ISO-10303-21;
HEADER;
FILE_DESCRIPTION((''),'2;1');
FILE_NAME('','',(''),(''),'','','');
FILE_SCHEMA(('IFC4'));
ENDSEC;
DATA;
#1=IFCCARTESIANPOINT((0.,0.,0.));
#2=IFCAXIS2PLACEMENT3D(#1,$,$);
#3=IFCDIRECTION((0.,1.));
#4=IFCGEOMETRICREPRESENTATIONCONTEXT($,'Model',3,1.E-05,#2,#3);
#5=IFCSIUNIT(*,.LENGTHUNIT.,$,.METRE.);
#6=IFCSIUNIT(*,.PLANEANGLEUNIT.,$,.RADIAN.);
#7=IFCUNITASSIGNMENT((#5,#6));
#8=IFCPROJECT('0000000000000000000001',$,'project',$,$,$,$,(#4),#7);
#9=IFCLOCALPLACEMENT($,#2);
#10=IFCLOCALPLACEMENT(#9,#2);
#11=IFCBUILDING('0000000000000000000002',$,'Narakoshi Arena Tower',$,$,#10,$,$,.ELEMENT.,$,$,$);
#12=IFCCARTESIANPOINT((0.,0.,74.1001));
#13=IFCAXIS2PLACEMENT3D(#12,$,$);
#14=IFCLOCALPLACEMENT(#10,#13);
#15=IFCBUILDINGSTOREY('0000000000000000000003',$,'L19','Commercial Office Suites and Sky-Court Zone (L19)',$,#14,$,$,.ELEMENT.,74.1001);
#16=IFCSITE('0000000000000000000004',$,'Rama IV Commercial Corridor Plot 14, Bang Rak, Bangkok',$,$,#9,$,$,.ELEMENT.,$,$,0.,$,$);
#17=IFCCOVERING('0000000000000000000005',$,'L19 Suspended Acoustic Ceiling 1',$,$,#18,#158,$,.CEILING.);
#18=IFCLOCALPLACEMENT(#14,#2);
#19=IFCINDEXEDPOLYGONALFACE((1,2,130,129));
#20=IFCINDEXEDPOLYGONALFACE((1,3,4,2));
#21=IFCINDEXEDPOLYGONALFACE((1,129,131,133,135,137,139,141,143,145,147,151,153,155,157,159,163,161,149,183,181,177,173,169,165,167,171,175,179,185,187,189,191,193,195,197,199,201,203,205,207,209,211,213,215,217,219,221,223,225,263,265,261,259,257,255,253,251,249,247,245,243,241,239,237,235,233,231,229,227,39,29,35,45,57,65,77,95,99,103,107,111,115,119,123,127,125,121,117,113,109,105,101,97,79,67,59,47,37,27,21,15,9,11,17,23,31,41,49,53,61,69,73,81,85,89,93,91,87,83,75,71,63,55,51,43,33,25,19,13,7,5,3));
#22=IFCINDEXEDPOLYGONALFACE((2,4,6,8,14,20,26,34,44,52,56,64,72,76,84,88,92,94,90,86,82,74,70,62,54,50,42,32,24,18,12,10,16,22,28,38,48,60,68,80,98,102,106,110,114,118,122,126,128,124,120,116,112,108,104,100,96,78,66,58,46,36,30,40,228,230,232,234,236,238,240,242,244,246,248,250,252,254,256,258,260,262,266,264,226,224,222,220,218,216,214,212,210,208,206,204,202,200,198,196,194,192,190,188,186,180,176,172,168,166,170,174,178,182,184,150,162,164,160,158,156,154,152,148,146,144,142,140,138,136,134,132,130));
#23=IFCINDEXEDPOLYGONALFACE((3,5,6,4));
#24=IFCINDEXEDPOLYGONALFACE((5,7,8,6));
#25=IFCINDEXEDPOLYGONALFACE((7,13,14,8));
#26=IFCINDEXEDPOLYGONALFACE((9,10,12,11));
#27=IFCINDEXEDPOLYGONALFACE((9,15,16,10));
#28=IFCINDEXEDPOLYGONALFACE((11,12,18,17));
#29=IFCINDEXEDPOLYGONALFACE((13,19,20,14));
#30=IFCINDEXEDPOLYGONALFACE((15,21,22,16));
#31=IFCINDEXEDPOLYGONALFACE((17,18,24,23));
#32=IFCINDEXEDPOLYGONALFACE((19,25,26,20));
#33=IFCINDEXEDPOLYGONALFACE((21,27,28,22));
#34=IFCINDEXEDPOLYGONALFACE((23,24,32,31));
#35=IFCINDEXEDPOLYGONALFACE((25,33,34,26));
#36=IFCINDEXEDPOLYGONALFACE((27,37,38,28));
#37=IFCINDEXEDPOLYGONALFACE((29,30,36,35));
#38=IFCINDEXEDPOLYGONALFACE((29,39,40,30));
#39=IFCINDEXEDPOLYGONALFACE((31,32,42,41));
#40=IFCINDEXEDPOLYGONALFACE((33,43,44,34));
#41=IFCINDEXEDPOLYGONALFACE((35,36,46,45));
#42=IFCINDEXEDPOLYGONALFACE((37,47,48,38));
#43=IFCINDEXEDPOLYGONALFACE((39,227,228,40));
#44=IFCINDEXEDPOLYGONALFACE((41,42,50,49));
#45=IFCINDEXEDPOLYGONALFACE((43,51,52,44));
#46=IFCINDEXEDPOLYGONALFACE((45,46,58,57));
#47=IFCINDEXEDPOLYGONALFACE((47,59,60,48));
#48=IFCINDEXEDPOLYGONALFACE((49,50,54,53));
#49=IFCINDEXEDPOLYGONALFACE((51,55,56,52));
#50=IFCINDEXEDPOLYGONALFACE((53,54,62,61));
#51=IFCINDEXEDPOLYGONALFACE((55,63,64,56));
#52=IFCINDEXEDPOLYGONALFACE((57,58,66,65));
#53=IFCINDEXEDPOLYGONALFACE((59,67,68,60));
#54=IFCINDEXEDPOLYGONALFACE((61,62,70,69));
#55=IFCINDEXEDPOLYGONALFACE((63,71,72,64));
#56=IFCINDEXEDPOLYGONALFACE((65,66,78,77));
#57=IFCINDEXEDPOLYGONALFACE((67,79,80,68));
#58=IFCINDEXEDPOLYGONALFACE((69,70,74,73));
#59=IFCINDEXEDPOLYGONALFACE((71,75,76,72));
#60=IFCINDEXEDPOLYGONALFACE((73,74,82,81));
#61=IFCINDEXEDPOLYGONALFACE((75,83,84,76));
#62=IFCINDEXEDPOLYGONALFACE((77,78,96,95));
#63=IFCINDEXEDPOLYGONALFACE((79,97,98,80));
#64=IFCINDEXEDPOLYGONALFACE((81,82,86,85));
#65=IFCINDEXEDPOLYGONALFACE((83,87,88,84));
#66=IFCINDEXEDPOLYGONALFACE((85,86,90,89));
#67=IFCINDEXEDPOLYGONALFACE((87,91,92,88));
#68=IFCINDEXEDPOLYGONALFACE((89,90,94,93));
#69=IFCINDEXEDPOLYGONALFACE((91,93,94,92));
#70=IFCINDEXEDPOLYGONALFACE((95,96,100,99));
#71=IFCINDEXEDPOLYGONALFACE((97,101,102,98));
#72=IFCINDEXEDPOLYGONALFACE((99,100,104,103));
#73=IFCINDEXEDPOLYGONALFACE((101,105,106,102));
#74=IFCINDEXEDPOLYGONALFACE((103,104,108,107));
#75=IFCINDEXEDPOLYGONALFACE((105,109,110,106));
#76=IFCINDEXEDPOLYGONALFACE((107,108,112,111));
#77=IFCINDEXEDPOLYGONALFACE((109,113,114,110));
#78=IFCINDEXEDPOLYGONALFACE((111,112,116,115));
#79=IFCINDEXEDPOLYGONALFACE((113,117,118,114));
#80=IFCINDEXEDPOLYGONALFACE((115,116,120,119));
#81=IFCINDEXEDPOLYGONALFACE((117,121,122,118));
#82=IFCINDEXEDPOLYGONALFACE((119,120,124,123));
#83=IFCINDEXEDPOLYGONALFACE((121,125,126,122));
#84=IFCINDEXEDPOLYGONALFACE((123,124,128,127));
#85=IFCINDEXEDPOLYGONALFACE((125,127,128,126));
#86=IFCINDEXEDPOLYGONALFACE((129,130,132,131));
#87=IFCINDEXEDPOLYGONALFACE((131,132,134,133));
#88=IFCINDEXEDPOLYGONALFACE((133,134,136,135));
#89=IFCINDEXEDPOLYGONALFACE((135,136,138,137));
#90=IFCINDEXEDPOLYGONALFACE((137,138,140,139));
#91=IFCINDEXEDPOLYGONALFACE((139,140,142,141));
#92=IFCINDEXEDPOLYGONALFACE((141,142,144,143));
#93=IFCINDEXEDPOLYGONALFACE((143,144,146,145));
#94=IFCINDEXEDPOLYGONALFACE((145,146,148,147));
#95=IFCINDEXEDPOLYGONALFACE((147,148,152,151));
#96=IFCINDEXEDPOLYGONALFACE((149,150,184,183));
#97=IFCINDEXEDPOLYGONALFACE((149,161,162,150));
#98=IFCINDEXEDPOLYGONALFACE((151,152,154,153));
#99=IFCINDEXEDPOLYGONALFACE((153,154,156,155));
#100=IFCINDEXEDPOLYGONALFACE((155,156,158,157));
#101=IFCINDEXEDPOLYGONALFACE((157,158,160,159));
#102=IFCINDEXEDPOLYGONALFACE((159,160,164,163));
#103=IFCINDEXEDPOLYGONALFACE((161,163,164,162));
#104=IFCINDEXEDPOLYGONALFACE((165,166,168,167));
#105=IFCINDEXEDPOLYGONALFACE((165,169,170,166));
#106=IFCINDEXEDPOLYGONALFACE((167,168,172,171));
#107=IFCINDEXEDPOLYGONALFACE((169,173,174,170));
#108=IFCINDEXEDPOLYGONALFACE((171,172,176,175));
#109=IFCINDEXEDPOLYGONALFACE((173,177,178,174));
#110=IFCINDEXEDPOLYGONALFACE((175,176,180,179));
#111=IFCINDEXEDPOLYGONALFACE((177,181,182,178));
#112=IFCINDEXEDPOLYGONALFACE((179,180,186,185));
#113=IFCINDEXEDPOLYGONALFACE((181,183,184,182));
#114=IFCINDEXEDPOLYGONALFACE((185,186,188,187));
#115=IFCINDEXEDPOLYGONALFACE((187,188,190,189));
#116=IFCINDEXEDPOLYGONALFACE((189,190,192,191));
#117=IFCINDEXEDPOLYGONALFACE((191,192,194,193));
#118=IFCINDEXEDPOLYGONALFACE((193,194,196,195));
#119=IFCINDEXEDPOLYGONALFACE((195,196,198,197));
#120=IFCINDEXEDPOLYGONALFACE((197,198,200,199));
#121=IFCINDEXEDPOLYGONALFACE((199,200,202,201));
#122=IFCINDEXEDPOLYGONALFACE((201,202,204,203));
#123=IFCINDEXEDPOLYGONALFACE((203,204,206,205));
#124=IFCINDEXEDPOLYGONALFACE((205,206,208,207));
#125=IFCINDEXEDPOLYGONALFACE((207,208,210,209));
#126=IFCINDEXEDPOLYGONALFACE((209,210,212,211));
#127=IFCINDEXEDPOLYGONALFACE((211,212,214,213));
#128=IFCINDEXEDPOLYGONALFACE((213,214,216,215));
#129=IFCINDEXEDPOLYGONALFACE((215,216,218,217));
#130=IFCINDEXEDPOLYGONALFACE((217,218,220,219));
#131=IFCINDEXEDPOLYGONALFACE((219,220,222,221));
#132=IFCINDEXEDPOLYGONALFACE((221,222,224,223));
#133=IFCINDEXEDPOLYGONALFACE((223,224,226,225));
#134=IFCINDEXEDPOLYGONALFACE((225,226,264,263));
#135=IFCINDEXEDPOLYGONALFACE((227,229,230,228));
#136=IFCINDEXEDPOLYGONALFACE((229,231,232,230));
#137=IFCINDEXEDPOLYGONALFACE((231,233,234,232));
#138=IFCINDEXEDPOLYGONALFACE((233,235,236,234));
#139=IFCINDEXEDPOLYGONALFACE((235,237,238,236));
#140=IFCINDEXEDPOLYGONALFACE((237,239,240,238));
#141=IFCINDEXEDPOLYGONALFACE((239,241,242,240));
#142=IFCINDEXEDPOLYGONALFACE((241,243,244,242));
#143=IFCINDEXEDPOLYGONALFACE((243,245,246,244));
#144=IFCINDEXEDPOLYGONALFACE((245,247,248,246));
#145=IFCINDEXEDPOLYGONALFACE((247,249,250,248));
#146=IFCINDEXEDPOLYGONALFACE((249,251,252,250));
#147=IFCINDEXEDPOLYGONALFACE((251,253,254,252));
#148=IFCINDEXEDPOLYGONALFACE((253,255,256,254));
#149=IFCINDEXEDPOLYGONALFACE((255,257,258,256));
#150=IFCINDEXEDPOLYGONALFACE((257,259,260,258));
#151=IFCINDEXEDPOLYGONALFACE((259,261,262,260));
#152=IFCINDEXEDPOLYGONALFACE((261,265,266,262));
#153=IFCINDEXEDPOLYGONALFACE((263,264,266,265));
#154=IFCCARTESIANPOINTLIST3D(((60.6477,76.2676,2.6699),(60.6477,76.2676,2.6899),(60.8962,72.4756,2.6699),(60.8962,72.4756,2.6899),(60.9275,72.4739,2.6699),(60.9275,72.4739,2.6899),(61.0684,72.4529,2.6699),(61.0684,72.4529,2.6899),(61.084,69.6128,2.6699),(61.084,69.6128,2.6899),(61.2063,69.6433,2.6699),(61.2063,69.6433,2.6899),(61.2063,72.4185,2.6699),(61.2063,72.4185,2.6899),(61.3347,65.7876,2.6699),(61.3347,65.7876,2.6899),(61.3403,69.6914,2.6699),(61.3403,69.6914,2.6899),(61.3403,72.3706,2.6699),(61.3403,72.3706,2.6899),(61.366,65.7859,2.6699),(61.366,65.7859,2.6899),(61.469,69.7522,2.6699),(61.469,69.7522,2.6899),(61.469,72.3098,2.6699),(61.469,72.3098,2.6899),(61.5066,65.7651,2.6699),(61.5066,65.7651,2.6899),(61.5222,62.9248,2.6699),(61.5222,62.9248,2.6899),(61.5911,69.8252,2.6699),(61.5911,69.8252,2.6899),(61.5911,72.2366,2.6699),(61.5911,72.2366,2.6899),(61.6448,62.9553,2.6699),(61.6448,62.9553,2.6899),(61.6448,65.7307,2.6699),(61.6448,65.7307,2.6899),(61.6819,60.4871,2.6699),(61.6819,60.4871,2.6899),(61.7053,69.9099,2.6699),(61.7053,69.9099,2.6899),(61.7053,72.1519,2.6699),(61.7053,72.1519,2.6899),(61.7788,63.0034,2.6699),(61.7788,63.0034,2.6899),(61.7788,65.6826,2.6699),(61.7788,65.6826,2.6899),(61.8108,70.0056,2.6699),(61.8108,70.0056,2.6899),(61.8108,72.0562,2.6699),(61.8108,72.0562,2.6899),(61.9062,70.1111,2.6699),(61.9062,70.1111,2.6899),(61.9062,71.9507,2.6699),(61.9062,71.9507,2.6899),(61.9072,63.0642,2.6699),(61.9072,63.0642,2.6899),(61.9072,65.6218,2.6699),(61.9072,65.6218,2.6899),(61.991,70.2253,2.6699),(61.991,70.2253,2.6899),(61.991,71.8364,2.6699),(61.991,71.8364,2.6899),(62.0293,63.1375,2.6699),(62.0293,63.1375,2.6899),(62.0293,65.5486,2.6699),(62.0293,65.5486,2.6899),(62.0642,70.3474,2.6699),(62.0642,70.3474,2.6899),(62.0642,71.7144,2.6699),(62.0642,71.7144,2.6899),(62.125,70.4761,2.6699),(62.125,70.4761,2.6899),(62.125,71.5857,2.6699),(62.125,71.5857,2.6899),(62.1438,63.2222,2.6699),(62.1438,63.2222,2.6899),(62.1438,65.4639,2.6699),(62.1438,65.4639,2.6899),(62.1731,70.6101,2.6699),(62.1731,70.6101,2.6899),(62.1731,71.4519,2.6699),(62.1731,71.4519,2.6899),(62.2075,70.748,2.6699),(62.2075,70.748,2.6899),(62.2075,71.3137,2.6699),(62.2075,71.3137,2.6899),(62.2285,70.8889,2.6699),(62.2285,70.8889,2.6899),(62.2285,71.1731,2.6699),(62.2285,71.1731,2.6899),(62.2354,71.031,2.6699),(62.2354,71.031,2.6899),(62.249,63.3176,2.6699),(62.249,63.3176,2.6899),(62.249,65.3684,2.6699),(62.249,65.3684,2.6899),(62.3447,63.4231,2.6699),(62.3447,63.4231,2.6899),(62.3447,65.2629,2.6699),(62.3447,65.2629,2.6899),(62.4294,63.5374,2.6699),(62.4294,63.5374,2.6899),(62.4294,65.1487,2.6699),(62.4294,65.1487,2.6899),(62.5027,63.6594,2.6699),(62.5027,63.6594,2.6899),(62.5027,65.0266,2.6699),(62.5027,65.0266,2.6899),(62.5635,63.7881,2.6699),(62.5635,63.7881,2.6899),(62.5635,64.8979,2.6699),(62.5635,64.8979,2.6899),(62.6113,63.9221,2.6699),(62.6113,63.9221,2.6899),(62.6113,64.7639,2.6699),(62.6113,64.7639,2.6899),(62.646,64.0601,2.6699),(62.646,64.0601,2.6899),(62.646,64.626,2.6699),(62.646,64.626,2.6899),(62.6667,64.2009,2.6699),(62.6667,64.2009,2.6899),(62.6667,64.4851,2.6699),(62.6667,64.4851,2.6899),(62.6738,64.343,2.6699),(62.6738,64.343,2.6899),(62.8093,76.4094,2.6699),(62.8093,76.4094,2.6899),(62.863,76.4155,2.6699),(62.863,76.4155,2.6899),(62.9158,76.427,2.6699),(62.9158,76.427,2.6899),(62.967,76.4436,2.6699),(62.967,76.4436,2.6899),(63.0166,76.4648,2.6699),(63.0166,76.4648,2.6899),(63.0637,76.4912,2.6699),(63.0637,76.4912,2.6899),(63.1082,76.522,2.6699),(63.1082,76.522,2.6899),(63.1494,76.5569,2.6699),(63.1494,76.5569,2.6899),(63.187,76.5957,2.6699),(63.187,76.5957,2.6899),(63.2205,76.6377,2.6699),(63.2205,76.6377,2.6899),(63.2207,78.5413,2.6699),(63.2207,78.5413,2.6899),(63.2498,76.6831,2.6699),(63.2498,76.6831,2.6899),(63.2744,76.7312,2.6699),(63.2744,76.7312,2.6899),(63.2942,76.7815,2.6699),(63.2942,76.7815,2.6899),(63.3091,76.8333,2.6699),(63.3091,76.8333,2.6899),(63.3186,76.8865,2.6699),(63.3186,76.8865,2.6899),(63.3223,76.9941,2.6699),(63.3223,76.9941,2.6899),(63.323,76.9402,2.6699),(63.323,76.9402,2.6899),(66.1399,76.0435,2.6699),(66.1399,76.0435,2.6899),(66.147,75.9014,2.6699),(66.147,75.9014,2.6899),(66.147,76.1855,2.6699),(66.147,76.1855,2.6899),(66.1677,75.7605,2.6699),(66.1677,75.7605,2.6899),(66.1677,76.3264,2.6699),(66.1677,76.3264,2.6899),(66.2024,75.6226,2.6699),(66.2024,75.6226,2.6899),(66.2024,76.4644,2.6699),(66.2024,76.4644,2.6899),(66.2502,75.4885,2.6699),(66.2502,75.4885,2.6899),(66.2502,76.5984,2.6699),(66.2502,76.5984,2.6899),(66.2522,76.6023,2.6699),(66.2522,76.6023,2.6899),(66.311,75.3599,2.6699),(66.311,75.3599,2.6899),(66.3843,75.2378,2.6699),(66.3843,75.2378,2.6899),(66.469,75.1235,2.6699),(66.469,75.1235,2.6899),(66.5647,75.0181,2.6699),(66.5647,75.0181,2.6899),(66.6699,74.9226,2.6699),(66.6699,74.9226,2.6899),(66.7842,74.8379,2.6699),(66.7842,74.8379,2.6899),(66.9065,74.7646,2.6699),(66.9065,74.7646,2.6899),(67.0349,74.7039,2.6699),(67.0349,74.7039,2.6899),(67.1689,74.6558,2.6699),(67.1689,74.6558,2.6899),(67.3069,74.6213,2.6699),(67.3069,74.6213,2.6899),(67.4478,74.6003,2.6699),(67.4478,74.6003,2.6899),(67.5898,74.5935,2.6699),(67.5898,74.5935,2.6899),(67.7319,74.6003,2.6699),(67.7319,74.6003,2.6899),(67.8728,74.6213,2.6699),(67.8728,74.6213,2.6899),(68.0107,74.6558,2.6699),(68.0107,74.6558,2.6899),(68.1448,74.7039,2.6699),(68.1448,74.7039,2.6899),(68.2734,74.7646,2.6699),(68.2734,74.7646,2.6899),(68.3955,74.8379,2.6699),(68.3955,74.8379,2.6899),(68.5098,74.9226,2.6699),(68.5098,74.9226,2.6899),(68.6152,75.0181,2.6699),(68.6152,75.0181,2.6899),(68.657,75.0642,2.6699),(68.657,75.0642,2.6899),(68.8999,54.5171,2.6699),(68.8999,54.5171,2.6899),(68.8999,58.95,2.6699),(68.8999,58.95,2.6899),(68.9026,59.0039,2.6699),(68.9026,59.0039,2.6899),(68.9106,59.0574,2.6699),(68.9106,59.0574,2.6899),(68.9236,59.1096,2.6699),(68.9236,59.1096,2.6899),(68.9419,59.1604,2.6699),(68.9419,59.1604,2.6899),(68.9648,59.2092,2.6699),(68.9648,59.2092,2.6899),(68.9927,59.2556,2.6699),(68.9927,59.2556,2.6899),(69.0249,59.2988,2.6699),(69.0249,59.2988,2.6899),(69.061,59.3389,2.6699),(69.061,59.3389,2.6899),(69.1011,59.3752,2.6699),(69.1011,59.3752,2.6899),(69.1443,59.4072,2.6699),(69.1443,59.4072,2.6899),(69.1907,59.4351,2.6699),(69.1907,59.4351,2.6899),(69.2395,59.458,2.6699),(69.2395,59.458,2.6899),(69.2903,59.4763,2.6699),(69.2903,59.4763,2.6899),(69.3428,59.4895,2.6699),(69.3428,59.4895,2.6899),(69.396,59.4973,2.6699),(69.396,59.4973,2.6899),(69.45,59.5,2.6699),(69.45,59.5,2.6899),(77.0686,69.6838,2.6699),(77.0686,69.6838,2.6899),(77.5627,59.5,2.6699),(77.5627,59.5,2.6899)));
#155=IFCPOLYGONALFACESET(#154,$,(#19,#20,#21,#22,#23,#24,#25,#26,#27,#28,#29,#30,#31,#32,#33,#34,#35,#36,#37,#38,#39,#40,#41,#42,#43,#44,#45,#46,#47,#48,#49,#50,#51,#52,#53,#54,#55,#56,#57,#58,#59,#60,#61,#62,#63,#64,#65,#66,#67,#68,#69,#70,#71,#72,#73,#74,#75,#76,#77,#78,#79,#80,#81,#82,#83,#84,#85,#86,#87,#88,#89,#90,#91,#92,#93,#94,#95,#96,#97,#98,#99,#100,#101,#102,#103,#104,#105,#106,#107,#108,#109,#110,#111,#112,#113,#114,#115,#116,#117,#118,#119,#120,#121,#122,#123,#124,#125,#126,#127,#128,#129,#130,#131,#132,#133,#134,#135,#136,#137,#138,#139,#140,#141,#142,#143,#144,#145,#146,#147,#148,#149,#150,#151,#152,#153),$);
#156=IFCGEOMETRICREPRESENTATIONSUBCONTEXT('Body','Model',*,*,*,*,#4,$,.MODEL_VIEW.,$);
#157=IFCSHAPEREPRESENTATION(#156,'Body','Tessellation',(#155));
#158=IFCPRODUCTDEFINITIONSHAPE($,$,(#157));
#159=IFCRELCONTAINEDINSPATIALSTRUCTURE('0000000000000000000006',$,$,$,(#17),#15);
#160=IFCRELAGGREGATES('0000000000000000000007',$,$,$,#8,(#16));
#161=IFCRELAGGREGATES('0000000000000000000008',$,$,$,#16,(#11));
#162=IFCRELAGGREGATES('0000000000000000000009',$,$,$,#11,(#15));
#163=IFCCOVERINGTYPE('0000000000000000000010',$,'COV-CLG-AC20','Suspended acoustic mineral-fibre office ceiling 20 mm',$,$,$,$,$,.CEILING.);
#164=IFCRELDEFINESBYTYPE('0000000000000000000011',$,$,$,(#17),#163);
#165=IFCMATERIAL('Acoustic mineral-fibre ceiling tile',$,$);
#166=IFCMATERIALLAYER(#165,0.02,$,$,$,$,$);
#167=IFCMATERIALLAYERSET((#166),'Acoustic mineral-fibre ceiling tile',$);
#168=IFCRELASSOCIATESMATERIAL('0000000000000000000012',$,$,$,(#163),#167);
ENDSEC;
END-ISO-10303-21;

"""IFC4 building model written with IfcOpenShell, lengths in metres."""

from ifc_helpers import new_model, si_unit, direction, frame, origin, place, context, subcontext, project, spatial, polyline, outline, extrude, material, layer, layer_set, type_object, element, save


model = new_model("IFC4")

# Units and contexts
model_context = context("Model", 3, precision=1e-05, world=origin(), true_north=direction((0.0, 1.0)))
body_context = subcontext(model_context, "Body", "Model", "MODEL_VIEW")
ifc_project = project(units=[si_unit("LENGTHUNIT", "METRE"), si_unit("PLANEANGLEUNIT", "RADIAN")], contexts=[model_context])

# Site, building, storey
site_placement = place(None, origin())
site = spatial("IfcSite", under=ifc_project, at=site_placement, Name="Rama IV Commercial Corridor Plot 14, Bang Rak, Bangkok", CompositionType="ELEMENT", RefElevation=0.0)
building_placement = place(site_placement, origin())
building = spatial("IfcBuilding", under=site, at=building_placement, Name="Narakoshi Arena Tower", CompositionType="ELEMENT")
storey_placement = place(building_placement, frame((0.0, 0.0, 74.1001)))
storey = spatial("IfcBuildingStorey", under=building, at=storey_placement, Name="L19", Description="Commercial Office Suites and Sky-Court Zone (L19)", CompositionType="ELEMENT", Elevation=74.1001)

# Covering
ifc_material_1 = material(Name="Acoustic mineral-fibre ceiling tile")
ifc_layer_1 = layer(ifc_material_1, 0.02)
ifc_layer_set_1 = layer_set([ifc_layer_1], Name="Acoustic mineral-fibre ceiling tile")
covering_type_1 = type_object("IfcCoveringType", Name="COV-CLG-AC20", Description="Suspended acoustic mineral-fibre office ceiling 20 mm", PredefinedType="CEILING", material=ifc_layer_set_1)
covering_1_placement = place(storey_placement, frame((0.0, 0.0, 2.6699)))
element("IfcCovering", 1, at=covering_1_placement, inside=storey, type_object=covering_type_1, Name="L19 Suspended Acoustic Ceiling 1", PredefinedType="CEILING", context=body_context, shape_type="SweptSolid", body=[
    extrude(outline(polyline([(62.863, 76.4155), (62.9158, 76.427), (62.967, 76.4436), (63.0166, 76.4648), (63.0637, 76.4912), (63.1082, 76.522), (63.1494, 76.5569), (63.187, 76.5957), (63.2205, 76.6377), (63.2498, 76.6831), (63.2744, 76.7312), (63.2942, 76.7815), (63.3091, 76.8333), (63.3186, 76.8865), (63.323, 76.9402), (63.3223, 76.9941), (63.2207, 78.5413), (66.2522, 76.6023), (66.2502, 76.5984), (66.2024, 76.4644), (66.1677, 76.3264), (66.147, 76.1855), (66.1399, 76.0435), (66.147, 75.9014), (66.1677, 75.7605), (66.2024, 75.6226), (66.2502, 75.4885), (66.311, 75.3599), (66.3843, 75.2378), (66.469, 75.1235), (66.5647, 75.0181), (66.6699, 74.9226), (66.7842, 74.8379), (66.9065, 74.7646), (67.0349, 74.7039), (67.1689, 74.6558), (67.3069, 74.6213), (67.4478, 74.6003), (67.5898, 74.5935), (67.7319, 74.6003), (67.8728, 74.6213), (68.0107, 74.6558), (68.1448, 74.7039), (68.2734, 74.7646), (68.3955, 74.8379), (68.5098, 74.9226), (68.6152, 75.0181), (68.657, 75.0642), (77.0686, 69.6838), (77.5627, 59.5), (69.45, 59.5), (69.396, 59.4973), (69.3428, 59.4895), (69.2903, 59.4763), (69.2395, 59.458), (69.1907, 59.4351), (69.1443, 59.4072), (69.1011, 59.3752), (69.061, 59.3389), (69.0249, 59.2988), (68.9927, 59.2556), (68.9648, 59.2092), (68.9419, 59.1604), (68.9236, 59.1096), (68.9106, 59.0574), (68.9026, 59.0039), (68.8999, 58.95), (68.8999, 54.5171), (61.6819, 60.4871), (61.5222, 62.9248), (61.6448, 62.9553), (61.7788, 63.0034), (61.9072, 63.0642), (62.0293, 63.1375), (62.1438, 63.2222), (62.249, 63.3176), (62.3447, 63.4231), (62.4294, 63.5374), (62.5027, 63.6594), (62.5635, 63.7881), (62.6113, 63.9221), (62.646, 64.0601), (62.6667, 64.2009), (62.6738, 64.343), (62.6667, 64.4851), (62.646, 64.626), (62.6113, 64.7639), (62.5635, 64.8979), (62.5027, 65.0266), (62.4294, 65.1487), (62.3447, 65.2629), (62.249, 65.3684), (62.1438, 65.4639), (62.0293, 65.5486), (61.9072, 65.6218), (61.7788, 65.6826), (61.6448, 65.7307), (61.5066, 65.7651), (61.366, 65.7859), (61.3347, 65.7876), (61.084, 69.6128), (61.2063, 69.6433), (61.3403, 69.6914), (61.469, 69.7522), (61.5911, 69.8252), (61.7053, 69.9099), (61.8108, 70.0056), (61.9062, 70.1111), (61.991, 70.2253), (62.0642, 70.3474), (62.125, 70.4761), (62.1731, 70.6101), (62.2075, 70.748), (62.2285, 70.8889), (62.2354, 71.031), (62.2285, 71.1731), (62.2075, 71.3137), (62.1731, 71.4519), (62.125, 71.5857), (62.0642, 71.7144), (61.991, 71.8364), (61.9062, 71.9507), (61.8108, 72.0562), (61.7053, 72.1519), (61.5911, 72.2366), (61.469, 72.3098), (61.3403, 72.3706), (61.2063, 72.4185), (61.0684, 72.4529), (60.9275, 72.4739), (60.8962, 72.4756), (60.6477, 76.2676), (62.8093, 76.4094), (62.863, 76.4155)])), origin(), (0.0, 0.0, 1.0), 0.02),
])

save(model, "model.ifc")
